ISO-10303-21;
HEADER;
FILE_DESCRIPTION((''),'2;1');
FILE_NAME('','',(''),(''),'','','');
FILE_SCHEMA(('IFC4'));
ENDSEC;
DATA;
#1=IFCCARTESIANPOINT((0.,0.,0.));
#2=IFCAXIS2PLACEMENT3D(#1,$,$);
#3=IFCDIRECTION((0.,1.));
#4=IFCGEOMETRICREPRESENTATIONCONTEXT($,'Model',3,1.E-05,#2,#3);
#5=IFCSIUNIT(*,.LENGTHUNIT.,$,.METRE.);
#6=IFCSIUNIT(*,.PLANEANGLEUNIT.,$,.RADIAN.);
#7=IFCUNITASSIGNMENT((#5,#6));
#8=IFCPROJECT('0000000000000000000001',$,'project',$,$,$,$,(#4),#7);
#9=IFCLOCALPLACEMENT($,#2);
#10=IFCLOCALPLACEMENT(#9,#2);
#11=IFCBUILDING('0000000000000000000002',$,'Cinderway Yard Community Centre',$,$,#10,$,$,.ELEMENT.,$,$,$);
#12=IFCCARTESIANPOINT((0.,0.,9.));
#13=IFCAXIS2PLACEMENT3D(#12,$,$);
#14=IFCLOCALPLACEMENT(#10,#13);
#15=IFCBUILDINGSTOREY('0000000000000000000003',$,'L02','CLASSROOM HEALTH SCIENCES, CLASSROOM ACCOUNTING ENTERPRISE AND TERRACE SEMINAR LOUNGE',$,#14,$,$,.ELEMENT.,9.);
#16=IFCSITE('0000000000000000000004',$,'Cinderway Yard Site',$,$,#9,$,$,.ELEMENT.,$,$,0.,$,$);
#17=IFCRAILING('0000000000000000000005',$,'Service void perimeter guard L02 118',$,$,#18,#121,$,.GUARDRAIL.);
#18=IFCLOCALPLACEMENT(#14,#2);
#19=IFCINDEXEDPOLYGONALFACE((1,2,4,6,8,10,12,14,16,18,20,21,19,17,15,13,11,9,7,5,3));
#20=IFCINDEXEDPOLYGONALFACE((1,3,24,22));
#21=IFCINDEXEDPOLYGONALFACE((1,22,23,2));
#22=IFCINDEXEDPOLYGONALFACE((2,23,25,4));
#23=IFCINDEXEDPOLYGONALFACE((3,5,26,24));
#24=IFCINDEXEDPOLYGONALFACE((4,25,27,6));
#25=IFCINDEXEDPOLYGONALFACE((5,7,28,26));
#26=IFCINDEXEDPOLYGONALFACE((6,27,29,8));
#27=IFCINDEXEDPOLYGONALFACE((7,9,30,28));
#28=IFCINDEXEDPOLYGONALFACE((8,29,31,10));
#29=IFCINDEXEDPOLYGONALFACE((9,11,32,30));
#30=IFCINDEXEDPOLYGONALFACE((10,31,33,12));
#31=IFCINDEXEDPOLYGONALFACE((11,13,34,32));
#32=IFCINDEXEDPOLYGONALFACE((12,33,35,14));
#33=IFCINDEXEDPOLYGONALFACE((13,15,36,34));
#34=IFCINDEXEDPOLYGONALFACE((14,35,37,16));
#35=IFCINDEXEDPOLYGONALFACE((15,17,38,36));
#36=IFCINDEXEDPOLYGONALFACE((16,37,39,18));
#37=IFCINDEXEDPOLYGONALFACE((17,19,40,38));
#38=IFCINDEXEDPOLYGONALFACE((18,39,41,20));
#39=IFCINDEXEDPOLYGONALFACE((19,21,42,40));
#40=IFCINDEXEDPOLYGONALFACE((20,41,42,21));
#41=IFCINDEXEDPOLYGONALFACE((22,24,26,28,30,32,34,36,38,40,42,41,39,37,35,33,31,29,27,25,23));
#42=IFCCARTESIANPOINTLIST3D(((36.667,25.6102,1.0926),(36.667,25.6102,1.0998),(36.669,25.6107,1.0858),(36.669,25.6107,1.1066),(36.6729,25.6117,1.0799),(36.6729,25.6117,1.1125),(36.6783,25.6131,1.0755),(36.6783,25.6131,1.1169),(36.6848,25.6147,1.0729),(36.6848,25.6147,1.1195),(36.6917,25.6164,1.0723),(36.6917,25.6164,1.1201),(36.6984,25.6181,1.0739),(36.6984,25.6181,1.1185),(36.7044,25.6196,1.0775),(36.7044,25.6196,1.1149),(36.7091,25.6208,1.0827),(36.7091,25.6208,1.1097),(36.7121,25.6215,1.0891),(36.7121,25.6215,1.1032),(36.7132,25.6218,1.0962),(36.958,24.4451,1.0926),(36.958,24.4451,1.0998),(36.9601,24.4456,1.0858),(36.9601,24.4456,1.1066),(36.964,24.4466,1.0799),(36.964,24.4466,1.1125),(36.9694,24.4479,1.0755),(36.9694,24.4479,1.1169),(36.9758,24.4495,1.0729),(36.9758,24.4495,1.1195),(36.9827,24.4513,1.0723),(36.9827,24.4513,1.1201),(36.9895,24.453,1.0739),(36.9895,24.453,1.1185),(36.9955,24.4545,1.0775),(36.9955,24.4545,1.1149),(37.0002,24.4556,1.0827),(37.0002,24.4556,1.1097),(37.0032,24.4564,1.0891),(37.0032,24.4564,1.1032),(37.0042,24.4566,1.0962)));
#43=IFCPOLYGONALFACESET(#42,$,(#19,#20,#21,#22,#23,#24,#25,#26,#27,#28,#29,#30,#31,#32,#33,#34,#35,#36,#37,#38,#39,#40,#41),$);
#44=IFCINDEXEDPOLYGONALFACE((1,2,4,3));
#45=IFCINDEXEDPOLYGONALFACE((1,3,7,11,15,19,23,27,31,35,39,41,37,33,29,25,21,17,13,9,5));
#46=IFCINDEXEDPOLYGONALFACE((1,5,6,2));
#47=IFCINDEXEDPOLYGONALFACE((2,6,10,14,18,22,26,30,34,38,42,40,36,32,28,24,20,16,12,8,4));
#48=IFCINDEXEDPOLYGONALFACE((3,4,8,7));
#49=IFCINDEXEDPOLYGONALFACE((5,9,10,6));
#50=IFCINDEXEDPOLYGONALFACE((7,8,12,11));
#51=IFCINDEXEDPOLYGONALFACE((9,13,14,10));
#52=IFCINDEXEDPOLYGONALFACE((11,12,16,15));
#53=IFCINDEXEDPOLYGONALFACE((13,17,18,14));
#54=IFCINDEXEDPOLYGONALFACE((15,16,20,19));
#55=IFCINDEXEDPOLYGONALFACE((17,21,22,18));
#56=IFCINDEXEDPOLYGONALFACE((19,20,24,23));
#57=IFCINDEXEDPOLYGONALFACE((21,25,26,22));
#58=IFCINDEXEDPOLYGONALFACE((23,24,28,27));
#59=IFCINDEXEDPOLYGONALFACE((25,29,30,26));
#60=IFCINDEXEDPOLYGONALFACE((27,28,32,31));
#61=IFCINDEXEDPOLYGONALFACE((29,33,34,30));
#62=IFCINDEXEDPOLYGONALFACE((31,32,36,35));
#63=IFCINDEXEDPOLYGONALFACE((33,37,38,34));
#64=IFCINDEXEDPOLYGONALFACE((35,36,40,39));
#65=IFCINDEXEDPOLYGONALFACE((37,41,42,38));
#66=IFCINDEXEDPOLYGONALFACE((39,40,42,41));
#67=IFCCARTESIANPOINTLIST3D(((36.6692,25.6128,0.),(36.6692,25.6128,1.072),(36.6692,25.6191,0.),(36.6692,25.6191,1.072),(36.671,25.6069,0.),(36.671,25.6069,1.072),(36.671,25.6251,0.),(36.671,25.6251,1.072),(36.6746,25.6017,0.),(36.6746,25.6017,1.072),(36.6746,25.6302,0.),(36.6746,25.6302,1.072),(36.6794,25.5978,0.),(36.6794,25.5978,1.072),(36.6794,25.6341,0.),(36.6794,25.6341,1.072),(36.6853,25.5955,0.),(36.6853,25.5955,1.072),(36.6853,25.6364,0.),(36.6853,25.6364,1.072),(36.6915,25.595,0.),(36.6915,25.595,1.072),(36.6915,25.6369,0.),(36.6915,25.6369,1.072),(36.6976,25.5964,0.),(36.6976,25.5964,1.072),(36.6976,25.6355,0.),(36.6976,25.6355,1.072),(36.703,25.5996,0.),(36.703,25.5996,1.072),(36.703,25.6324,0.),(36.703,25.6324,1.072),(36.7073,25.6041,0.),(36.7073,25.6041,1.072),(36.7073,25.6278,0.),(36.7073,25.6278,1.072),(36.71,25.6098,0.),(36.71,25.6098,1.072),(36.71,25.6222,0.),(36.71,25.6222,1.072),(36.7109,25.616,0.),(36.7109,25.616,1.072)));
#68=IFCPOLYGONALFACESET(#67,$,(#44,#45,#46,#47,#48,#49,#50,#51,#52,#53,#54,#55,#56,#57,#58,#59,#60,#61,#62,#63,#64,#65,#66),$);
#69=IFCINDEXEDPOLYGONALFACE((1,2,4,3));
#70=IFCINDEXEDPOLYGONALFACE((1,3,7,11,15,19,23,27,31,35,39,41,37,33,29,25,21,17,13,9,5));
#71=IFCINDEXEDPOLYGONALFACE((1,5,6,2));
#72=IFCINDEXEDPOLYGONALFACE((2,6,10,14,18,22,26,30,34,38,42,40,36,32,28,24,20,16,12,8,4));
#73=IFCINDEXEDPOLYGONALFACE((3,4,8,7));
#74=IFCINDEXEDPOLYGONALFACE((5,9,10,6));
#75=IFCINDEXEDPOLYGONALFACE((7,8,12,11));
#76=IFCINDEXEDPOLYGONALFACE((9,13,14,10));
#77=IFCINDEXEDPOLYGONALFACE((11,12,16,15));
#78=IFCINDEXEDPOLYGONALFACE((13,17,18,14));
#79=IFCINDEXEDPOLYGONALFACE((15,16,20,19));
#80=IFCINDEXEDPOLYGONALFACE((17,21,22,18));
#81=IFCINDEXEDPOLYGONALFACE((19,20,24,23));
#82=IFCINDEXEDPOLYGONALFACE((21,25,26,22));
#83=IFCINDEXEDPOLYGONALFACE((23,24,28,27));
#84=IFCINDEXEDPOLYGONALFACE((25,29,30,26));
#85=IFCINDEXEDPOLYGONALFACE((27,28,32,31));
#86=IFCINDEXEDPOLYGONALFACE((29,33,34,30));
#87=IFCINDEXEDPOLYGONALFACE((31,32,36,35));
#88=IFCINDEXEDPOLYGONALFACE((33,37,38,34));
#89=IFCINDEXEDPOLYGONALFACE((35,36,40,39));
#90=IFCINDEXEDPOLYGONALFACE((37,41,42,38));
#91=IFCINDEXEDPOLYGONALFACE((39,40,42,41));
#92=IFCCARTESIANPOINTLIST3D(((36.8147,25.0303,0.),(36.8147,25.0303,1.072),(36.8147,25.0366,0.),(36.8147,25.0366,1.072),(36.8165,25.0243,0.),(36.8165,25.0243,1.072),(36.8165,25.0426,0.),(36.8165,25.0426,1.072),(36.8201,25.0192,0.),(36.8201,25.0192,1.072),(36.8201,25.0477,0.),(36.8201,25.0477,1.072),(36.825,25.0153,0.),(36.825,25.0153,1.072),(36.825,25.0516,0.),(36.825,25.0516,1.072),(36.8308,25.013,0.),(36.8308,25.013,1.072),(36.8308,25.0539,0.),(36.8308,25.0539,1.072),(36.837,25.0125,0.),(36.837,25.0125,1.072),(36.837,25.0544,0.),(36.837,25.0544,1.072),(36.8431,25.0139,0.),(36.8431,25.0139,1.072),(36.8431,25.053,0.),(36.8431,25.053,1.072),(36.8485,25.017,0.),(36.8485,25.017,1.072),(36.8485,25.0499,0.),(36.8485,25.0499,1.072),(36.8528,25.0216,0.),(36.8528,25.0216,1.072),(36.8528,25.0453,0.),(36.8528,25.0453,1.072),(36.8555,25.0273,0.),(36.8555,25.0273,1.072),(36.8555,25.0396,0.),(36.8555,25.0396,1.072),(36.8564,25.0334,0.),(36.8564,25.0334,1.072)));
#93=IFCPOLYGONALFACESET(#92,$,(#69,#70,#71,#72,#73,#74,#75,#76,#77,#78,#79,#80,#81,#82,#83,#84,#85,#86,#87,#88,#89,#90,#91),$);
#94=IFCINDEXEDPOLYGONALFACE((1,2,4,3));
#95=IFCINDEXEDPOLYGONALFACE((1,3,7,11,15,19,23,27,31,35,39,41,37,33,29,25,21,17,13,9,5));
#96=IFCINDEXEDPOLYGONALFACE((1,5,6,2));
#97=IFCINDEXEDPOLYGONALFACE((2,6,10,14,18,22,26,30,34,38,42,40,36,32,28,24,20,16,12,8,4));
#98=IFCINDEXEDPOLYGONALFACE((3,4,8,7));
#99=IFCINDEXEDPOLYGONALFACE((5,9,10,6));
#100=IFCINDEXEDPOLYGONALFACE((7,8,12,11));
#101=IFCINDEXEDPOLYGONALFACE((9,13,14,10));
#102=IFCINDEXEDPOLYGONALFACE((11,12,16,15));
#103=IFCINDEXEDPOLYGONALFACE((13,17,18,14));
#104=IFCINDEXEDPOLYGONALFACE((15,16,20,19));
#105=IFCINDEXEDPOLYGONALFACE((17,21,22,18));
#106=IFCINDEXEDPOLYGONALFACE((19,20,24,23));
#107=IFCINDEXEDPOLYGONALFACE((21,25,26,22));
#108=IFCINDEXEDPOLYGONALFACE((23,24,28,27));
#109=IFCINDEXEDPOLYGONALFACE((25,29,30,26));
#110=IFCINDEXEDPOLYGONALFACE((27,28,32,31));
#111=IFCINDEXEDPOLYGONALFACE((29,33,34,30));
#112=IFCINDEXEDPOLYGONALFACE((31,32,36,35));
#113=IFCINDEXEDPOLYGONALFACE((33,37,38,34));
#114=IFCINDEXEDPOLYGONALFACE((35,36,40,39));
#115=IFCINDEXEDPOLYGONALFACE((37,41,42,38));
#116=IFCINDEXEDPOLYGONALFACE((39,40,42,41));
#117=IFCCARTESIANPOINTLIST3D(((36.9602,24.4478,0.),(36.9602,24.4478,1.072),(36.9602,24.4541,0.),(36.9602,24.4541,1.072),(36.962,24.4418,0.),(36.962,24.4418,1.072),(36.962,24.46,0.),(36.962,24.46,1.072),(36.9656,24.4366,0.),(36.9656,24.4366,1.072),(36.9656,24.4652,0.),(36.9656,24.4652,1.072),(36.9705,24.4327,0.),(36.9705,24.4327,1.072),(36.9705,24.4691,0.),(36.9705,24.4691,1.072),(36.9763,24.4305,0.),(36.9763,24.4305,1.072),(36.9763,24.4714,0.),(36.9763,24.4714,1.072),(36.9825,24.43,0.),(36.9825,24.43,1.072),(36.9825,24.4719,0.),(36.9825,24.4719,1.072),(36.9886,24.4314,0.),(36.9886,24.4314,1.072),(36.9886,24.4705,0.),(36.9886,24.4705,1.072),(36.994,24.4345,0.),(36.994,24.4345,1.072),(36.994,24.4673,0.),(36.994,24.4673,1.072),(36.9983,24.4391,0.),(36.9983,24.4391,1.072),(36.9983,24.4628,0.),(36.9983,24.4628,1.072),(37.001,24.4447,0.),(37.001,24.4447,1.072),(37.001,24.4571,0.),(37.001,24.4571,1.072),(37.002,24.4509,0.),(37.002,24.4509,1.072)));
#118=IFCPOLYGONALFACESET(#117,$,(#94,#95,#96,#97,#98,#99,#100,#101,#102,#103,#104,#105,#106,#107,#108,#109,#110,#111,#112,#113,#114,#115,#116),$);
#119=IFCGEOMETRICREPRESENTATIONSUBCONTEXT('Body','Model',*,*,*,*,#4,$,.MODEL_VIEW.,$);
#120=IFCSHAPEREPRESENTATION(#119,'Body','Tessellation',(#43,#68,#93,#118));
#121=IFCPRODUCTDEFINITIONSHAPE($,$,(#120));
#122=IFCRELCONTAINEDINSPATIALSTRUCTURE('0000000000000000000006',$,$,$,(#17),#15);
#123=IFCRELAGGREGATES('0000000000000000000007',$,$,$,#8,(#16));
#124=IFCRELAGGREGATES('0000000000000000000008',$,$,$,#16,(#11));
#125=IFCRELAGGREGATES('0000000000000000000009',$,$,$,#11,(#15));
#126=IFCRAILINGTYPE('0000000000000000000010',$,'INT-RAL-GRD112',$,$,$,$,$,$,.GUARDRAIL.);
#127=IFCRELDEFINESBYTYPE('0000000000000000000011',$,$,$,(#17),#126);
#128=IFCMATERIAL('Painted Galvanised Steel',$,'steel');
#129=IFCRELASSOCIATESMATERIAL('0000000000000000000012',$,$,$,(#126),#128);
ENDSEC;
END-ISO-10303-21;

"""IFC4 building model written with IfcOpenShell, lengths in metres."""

from ifc_helpers import new_model, si_unit, direction, frame, origin, origin_2d, place, context, subcontext, project, spatial, circle, extrude, material, type_object, element, save


model = new_model("IFC4")

# Units and contexts
model_context = context("Model", 3, precision=1e-05, world=origin(), true_north=direction((0.0, 1.0)))
body_context = subcontext(model_context, "Body", "Model", "MODEL_VIEW")
ifc_project = project(units=[si_unit("LENGTHUNIT", "METRE"), si_unit("PLANEANGLEUNIT", "RADIAN")], contexts=[model_context])

# Site, building, storey
site_placement = place(None, origin())
site = spatial("IfcSite", under=ifc_project, at=site_placement, Name="Cinderway Yard Site", CompositionType="ELEMENT", RefElevation=0.0)
building_placement = place(site_placement, origin())
building = spatial("IfcBuilding", under=site, at=building_placement, Name="Cinderway Yard Community Centre", CompositionType="ELEMENT")
storey_placement = place(building_placement, frame((0.0, 0.0, 9.0)))
storey = spatial("IfcBuildingStorey", under=building, at=storey_placement, Name="L02", Description="CLASSROOM HEALTH SCIENCES, CLASSROOM ACCOUNTING ENTERPRISE AND TERRACE SEMINAR LOUNGE", CompositionType="ELEMENT", Elevation=9.0)

# Railing
ifc_material_1 = material(Name="Painted Galvanised Steel", Category="steel")
railing_type = type_object("IfcRailingType", Name="INT-RAL-GRD112", PredefinedType="GUARDRAIL", material=ifc_material_1)
railing_1_placement = place(storey_placement, frame((36.6899, 25.616, 0.0)))
element("IfcRailing", 1, at=railing_1_placement, inside=storey, type_object=railing_type, Name="Service void perimeter guard L02 118", PredefinedType="GUARDRAIL", context=body_context, shape_type="SweptSolid", body=[
    extrude(circle(Radius=0.0239, at=origin_2d()), frame((0.0, 0.0, 1.0962), z_axis=(0.242344, -0.97019, 0.0), x_axis=(0.97019, 0.242344, 0.0)), (0.0, 0.0, 1.0), 1.2009),
    extrude(circle(Radius=0.021, at=origin_2d()), origin(), (0.0, 0.0, 1.0), 1.072),
    extrude(circle(Radius=0.021, at=origin_2d()), frame((0.1455, -0.5825, 0.0)), (0.0, 0.0, 1.0), 1.072),
    extrude(circle(Radius=0.021, at=origin_2d()), frame((0.291, -1.165, 0.0)), (0.0, 0.0, 1.0), 1.072),
])

save(model, "model.ifc")
